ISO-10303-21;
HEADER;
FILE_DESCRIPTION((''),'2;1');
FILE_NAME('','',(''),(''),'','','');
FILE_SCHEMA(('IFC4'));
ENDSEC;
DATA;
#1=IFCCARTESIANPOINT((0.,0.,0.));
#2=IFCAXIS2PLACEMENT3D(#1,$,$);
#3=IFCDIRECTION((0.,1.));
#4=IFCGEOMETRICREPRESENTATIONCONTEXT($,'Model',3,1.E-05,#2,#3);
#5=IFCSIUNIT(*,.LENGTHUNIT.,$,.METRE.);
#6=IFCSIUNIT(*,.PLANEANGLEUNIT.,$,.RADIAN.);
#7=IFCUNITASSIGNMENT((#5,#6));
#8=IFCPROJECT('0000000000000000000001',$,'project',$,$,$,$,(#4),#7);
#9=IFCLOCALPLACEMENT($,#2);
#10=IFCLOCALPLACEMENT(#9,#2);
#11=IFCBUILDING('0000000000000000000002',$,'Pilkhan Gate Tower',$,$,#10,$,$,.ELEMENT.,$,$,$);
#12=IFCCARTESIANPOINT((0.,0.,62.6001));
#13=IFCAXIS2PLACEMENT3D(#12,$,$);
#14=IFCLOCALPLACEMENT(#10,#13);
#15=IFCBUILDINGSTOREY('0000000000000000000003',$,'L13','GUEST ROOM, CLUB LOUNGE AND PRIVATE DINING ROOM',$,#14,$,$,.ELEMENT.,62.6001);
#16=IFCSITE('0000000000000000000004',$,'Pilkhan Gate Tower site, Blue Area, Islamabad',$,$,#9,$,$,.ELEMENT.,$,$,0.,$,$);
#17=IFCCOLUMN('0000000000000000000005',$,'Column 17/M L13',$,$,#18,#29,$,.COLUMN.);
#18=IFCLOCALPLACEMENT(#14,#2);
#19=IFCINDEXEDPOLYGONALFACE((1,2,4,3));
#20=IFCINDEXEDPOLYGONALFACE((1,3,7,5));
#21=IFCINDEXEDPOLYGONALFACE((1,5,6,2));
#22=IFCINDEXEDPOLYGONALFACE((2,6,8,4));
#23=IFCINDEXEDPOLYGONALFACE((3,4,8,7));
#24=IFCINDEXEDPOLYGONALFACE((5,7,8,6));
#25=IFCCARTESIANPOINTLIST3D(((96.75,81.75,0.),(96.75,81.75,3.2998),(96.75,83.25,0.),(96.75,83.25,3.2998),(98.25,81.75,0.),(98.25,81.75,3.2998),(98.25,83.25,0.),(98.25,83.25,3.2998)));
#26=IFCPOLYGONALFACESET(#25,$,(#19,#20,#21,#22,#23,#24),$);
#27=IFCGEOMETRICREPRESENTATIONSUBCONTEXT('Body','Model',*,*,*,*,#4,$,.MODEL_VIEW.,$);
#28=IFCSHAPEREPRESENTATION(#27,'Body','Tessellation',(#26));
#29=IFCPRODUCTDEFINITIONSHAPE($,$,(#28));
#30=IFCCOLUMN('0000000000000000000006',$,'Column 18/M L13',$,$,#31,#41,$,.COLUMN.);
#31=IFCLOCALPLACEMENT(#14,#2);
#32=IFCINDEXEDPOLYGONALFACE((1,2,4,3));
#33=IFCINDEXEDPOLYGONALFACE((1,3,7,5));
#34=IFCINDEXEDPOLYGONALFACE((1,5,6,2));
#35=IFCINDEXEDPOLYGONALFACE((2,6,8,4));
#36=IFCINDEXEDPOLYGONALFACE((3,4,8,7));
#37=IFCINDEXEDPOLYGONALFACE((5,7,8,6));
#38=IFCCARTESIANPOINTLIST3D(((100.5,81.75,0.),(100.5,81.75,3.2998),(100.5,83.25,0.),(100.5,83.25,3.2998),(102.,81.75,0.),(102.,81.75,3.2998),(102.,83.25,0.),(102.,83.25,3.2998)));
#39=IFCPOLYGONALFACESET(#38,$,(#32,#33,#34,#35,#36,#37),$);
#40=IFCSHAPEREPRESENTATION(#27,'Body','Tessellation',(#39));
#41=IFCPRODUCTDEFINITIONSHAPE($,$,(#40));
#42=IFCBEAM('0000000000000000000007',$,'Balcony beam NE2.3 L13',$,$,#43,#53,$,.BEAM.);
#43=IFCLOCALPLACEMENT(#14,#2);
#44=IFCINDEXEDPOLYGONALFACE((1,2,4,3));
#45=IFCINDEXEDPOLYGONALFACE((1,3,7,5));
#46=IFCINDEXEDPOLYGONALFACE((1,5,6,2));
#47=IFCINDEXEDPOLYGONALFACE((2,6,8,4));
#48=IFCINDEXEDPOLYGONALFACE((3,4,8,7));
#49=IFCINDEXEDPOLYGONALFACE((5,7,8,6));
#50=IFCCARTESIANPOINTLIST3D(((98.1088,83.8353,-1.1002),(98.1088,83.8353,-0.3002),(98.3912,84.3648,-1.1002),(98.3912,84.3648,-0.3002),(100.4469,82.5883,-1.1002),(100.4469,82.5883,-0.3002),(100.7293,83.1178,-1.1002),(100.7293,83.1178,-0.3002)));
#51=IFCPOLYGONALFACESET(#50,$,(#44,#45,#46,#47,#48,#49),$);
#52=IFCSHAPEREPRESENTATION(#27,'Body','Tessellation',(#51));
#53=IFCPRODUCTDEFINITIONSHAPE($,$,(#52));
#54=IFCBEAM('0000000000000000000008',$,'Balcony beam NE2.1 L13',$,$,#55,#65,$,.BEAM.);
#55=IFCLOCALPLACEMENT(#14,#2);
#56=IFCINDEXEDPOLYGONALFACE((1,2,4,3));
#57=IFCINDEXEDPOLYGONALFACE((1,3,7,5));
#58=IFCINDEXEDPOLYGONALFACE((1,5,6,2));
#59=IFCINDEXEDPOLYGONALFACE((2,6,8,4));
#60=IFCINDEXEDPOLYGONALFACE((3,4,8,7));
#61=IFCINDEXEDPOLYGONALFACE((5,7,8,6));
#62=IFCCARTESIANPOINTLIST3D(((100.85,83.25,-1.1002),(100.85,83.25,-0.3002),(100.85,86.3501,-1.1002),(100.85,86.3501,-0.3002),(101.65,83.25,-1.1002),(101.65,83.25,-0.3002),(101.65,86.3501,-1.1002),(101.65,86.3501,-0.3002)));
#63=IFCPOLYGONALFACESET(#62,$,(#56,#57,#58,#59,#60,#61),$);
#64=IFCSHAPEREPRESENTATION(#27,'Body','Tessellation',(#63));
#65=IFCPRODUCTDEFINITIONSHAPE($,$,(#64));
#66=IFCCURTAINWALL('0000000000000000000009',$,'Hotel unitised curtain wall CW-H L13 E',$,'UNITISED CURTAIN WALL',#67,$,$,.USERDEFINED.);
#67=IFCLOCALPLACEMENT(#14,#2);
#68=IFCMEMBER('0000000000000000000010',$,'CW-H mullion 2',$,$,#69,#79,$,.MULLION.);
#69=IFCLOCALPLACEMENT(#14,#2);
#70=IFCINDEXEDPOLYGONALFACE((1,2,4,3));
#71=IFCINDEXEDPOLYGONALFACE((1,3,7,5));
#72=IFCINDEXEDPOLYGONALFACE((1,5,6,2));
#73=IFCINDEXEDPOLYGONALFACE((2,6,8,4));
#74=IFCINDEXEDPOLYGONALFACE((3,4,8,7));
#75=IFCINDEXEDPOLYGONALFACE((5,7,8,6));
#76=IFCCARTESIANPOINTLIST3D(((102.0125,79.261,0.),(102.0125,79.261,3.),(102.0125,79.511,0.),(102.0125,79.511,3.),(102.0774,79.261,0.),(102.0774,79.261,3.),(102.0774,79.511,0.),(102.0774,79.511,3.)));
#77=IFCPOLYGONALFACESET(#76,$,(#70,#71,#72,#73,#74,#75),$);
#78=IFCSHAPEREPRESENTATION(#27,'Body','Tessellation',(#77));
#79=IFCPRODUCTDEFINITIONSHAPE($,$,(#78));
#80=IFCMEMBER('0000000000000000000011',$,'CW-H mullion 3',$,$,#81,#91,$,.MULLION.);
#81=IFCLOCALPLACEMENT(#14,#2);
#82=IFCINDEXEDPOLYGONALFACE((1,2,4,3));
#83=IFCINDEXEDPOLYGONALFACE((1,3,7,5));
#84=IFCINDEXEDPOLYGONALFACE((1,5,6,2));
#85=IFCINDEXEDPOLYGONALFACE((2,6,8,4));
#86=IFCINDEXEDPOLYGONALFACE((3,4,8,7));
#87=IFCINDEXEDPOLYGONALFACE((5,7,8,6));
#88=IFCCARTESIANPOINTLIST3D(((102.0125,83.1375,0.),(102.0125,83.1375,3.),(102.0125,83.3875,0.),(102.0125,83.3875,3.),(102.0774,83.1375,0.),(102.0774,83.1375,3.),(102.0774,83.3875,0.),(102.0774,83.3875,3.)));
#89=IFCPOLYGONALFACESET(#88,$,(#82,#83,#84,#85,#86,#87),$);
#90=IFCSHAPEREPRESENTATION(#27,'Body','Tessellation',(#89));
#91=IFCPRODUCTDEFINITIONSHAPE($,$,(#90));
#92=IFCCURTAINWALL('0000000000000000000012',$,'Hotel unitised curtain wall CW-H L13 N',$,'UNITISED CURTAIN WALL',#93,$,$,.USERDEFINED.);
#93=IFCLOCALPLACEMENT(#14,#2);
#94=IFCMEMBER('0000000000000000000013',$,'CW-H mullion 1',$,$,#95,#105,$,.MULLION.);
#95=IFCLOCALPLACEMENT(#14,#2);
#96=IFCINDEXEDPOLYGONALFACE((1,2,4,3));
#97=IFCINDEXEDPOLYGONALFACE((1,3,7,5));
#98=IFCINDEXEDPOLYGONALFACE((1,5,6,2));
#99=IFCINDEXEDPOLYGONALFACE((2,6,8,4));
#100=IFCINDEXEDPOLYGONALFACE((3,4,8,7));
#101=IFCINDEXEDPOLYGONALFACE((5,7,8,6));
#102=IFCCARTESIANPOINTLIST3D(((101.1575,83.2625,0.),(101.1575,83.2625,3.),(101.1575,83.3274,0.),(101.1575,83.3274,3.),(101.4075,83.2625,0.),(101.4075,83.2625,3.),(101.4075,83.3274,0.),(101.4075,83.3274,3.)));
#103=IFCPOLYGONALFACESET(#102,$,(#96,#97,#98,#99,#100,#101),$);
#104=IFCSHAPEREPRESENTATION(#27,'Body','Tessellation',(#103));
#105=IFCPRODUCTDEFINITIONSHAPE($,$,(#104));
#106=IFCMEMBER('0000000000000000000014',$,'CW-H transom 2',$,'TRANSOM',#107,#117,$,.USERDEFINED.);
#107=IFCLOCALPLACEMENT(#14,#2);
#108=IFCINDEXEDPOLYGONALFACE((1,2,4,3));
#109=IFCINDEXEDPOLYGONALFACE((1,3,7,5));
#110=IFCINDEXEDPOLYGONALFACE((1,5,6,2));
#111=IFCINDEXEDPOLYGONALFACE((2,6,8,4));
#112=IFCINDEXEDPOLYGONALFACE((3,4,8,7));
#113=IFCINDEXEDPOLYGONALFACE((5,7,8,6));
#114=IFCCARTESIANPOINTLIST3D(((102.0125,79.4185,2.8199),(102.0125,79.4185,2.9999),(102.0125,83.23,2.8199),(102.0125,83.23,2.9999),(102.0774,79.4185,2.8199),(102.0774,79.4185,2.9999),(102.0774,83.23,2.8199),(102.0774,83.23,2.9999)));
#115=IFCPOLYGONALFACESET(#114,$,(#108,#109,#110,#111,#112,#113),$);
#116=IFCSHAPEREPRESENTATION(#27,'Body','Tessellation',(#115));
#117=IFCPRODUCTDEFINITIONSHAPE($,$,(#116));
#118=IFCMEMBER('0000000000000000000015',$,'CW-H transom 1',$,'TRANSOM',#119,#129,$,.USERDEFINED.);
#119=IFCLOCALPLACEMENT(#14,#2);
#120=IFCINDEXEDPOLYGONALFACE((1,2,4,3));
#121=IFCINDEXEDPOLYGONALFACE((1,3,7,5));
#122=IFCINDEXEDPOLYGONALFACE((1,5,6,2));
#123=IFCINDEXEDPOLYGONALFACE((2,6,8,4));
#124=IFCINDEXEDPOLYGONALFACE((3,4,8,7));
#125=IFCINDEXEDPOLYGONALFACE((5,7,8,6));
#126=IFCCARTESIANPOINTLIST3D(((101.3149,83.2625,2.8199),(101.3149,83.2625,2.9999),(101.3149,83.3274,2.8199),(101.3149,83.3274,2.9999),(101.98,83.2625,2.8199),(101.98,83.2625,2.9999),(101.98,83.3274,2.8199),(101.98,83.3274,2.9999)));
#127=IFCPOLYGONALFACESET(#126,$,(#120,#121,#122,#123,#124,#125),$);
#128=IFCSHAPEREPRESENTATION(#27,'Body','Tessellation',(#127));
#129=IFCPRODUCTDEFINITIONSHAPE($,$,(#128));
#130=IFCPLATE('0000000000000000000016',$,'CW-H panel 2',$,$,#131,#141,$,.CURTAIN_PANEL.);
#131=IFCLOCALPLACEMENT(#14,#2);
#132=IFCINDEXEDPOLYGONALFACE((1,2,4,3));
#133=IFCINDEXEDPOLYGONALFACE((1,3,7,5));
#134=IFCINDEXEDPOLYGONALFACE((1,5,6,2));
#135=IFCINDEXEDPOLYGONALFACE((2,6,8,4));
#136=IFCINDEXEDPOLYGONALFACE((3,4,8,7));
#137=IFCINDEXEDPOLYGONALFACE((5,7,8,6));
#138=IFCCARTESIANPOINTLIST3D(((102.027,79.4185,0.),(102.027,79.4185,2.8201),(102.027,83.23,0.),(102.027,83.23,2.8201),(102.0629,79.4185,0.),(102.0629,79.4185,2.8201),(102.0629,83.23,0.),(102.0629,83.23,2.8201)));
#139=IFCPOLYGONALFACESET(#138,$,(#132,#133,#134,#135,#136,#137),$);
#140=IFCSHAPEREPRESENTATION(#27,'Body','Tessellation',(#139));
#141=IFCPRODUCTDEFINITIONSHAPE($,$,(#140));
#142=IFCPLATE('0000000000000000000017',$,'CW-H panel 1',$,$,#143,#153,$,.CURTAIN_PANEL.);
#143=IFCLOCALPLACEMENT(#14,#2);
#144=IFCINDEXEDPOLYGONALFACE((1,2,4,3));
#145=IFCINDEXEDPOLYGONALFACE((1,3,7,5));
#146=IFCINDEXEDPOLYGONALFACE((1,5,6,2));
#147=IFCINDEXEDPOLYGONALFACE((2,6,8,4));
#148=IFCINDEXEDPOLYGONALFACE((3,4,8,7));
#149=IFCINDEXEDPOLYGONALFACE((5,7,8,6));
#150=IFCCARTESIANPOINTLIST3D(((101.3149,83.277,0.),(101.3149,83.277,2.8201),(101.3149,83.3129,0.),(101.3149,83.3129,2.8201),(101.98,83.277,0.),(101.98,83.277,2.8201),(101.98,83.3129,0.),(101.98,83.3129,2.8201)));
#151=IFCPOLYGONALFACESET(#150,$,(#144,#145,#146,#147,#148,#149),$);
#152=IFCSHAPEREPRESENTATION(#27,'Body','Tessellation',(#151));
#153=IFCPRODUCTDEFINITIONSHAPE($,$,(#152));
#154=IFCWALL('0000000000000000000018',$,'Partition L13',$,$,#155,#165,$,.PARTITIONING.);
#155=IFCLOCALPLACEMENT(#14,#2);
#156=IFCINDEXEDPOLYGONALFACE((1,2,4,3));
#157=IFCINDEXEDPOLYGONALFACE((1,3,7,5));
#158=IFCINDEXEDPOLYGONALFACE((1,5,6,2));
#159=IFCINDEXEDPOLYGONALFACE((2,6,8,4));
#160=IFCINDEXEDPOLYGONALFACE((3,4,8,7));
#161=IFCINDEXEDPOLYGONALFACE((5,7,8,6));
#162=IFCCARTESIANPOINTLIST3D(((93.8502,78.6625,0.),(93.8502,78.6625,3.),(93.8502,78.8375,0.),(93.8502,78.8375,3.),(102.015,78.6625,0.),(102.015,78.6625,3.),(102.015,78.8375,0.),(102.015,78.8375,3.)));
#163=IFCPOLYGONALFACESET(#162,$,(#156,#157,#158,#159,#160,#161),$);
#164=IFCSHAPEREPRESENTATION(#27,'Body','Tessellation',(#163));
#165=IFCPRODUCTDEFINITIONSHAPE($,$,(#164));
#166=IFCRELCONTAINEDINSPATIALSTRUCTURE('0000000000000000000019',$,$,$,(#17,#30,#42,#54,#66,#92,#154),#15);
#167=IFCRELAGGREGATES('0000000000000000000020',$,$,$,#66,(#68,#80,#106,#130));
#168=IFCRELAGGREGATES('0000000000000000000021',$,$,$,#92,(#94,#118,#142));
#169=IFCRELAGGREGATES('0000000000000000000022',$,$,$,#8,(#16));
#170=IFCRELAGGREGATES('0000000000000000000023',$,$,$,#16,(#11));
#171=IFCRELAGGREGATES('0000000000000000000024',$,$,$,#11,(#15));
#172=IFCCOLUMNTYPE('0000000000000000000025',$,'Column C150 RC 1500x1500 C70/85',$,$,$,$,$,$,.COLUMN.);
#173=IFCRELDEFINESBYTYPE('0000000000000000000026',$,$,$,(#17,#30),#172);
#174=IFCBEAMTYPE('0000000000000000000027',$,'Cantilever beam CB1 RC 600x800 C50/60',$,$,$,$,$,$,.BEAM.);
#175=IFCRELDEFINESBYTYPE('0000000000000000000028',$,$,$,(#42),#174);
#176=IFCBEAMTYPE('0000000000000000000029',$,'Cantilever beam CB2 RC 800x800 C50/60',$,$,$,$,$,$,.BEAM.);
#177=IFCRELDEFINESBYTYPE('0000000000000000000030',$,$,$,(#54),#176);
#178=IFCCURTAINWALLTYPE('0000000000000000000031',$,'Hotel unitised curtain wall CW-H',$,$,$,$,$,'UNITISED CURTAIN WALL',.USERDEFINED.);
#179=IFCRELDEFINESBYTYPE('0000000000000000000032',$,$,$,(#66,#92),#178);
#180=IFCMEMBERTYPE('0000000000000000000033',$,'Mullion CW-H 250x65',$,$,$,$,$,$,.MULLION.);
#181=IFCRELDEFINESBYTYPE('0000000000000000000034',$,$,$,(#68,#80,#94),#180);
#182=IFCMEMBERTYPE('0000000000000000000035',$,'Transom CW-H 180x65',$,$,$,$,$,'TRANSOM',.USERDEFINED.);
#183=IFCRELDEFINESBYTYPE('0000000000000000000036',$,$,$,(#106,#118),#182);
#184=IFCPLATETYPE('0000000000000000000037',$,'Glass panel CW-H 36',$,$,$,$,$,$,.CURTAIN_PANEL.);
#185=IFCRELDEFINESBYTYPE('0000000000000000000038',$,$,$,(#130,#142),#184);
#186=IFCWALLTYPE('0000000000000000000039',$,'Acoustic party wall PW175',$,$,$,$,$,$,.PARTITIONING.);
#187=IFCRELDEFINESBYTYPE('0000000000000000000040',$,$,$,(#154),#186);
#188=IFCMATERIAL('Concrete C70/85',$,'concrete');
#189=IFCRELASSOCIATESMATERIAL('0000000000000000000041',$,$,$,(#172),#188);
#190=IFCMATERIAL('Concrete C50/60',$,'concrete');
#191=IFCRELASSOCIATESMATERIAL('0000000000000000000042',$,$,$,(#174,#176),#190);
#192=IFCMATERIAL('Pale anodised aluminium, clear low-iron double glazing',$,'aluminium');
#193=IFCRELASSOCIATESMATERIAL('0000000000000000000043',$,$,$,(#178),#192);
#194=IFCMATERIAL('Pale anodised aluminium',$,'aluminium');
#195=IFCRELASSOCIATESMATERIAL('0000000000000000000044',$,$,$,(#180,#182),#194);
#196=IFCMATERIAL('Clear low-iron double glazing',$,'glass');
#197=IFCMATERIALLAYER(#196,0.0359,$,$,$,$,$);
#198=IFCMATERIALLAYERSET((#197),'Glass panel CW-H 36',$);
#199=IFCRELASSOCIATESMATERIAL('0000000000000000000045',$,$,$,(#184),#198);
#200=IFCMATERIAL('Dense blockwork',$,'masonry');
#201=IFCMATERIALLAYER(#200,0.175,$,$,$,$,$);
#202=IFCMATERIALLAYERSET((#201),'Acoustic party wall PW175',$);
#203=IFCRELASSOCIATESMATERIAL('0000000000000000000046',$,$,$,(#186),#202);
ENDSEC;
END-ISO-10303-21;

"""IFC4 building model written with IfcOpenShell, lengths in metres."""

from ifc_helpers import new_model, si_unit, direction, frame, frame_2d, origin, origin_2d, place, context, subcontext, project, spatial, rectangle, extrude, material, layer, layer_set, material_profile, profile_set, type_object, element, aggregate, save


model = new_model("IFC4")

# Units and contexts
model_context = context("Model", 3, precision=1e-05, world=origin(), true_north=direction((0.0, 1.0)))
body_context = subcontext(model_context, "Body", "Model", "MODEL_VIEW")
ifc_project = project(units=[si_unit("LENGTHUNIT", "METRE"), si_unit("PLANEANGLEUNIT", "RADIAN")], contexts=[model_context])

# Site, building, storey
site_placement = place(None, origin())
site = spatial("IfcSite", under=ifc_project, at=site_placement, Name="Pilkhan Gate Tower site, Blue Area, Islamabad", CompositionType="ELEMENT", RefElevation=0.0)
building_placement = place(site_placement, origin())
building = spatial("IfcBuilding", under=site, at=building_placement, Name="Pilkhan Gate Tower", CompositionType="ELEMENT")
storey_placement = place(building_placement, frame((0.0, 0.0, 62.6001)))
storey = spatial("IfcBuildingStorey", under=building, at=storey_placement, Name="L13", Description="GUEST ROOM, CLUB LOUNGE AND PRIVATE DINING ROOM", CompositionType="ELEMENT", Elevation=62.6001)

# Columns
ifc_material_1 = material(Name="Concrete C70/85", Category="concrete")
ifc_material_profile_1 = material_profile(ifc_material_1, rectangle(XDim=1.5, YDim=1.5, at=origin_2d()), Name="RC 1500x1500")
ifc_profile_set_1 = profile_set([ifc_material_profile_1], Name="Concrete C70/85")
column_type = type_object("IfcColumnType", Name="Column C150 RC 1500x1500 C70/85", PredefinedType="COLUMN", material=ifc_profile_set_1)
for number, where, z_axis, x_axis, name in (
    (1, (97.5, 82.5, 0.0), (0.0, 0.0, 1.0), (1.0, 0.0, 0.0), "Column 17/M L13"),
    (2, (101.25, 82.5, 0.0), (0.0, 0.0, 1.0), (1.0, 0.0, 0.0), "Column 18/M L13"),
):
    element("IfcColumn", number, at=place(storey_placement, frame(where, z_axis=z_axis, x_axis=x_axis)), inside=storey, type_object=column_type, Name=name, PredefinedType="COLUMN", context=body_context, shape_type="SweptSolid", body=[
        extrude(rectangle(XDim=1.5, YDim=1.5, at=origin_2d()), origin(), (0.0, 0.0, 1.0), 3.2998),
    ])

# Beams
ifc_material_2 = material(Name="Concrete C50/60", Category="concrete")
ifc_material_profile_2 = material_profile(ifc_material_2, rectangle(XDim=0.6001, YDim=0.8, at=origin_2d()), Name="RC 600x800")
ifc_profile_set_2 = profile_set([ifc_material_profile_2], Name="Concrete C50/60")
beam_type_1 = type_object("IfcBeamType", Name="Cantilever beam CB1 RC 600x800 C50/60", PredefinedType="BEAM", material=ifc_profile_set_2)
beam_1_placement = place(storey_placement, frame((100.5881, 82.853, -0.7002), z_axis=(-0.882343, 0.470607, 0.0), x_axis=(-0.470607, -0.882343, 0.0)))
element("IfcBeam", 3, at=beam_1_placement, inside=storey, type_object=beam_type_1, Name="Balcony beam NE2.3 L13", PredefinedType="BEAM", context=body_context, shape_type="SweptSolid", body=[
    extrude(rectangle(XDim=0.6001, YDim=0.8, at=origin_2d()), origin(), (0.0, 0.0, 1.0), 2.6499),
])
ifc_material_profile_3 = material_profile(ifc_material_2, rectangle(XDim=0.8, YDim=0.8, at=origin_2d()), Name="RC 800x800")
ifc_profile_set_3 = profile_set([ifc_material_profile_3], Name="Concrete C50/60")
beam_type_2 = type_object("IfcBeamType", Name="Cantilever beam CB2 RC 800x800 C50/60", PredefinedType="BEAM", material=ifc_profile_set_3)
beam_2_placement = place(storey_placement, frame((101.25, 83.25, -0.7002), z_axis=(0.0, 1.0, 0.0), x_axis=(-1.0, 0.0, 0.0)))
element("IfcBeam", 4, at=beam_2_placement, inside=storey, type_object=beam_type_2, Name="Balcony beam NE2.1 L13", PredefinedType="BEAM", context=body_context, shape_type="SweptSolid", body=[
    extrude(rectangle(XDim=0.8, YDim=0.8, at=origin_2d()), origin(), (0.0, 0.0, 1.0), 3.1001),
])

# Curtain wall, members
ifc_material_3 = material(Name="Pale anodised aluminium, clear low-iron double glazing", Category="aluminium")
curtain_wall_type = type_object("IfcCurtainWallType", Name="Hotel unitised curtain wall CW-H", ElementType="UNITISED CURTAIN WALL", PredefinedType="USERDEFINED", material=ifc_material_3)
curtain_wall_1_placement = place(storey_placement, origin())
curtain_wall_1 = element("IfcCurtainWall", 5, at=curtain_wall_1_placement, inside=storey, type_object=curtain_wall_type, Name="Hotel unitised curtain wall CW-H L13 E", ObjectType="UNITISED CURTAIN WALL", PredefinedType="USERDEFINED")
ifc_material_4 = material(Name="Pale anodised aluminium", Category="aluminium")
ifc_material_profile_4 = material_profile(ifc_material_4, rectangle(XDim=0.0649, YDim=0.25, at=origin_2d()), Name="Mullion 250x65")
ifc_profile_set_4 = profile_set([ifc_material_profile_4], Name="Pale anodised aluminium")
member_type_1 = type_object("IfcMemberType", Name="Mullion CW-H 250x65", PredefinedType="MULLION", material=ifc_profile_set_4)
member_1_placement = place(storey_placement, frame((102.0449, 79.386, 0.0), z_axis=(0.0, 0.0, 1.0), x_axis=(-1.0, 0.0, 0.0)))
member_1 = element("IfcMember", 6, at=member_1_placement, type_object=member_type_1, Name="CW-H mullion 2", PredefinedType="MULLION", context=body_context, shape_type="SweptSolid", body=[
    extrude(rectangle(XDim=0.0649, YDim=0.25, at=origin_2d()), origin(), (0.0, 0.0, 1.0), 3.0),
])
member_2_placement = place(storey_placement, frame((102.0449, 83.2625, 0.0), z_axis=(0.0, 0.0, 1.0), x_axis=(-1.0, 0.0, 0.0)))
member_2 = element("IfcMember", 7, at=member_2_placement, type_object=member_type_1, Name="CW-H mullion 3", PredefinedType="MULLION", context=body_context, shape_type="SweptSolid", body=[
    extrude(rectangle(XDim=0.0649, YDim=0.25, at=origin_2d()), origin(), (0.0, 0.0, 1.0), 3.0),
])

# Curtain wall, member
curtain_wall_2_placement = place(storey_placement, origin())
curtain_wall_2 = element("IfcCurtainWall", 8, at=curtain_wall_2_placement, inside=storey, type_object=curtain_wall_type, Name="Hotel unitised curtain wall CW-H L13 N", ObjectType="UNITISED CURTAIN WALL", PredefinedType="USERDEFINED")
member_3_placement = place(storey_placement, frame((101.2825, 83.2949, 0.0), z_axis=(0.0, 0.0, 1.0), x_axis=(0.0, 1.0, 0.0)))
member_3 = element("IfcMember", 9, at=member_3_placement, type_object=member_type_1, Name="CW-H mullion 1", PredefinedType="MULLION", context=body_context, shape_type="SweptSolid", body=[
    extrude(rectangle(XDim=0.0649, YDim=0.25, at=origin_2d()), origin(), (0.0, 0.0, 1.0), 3.0),
])

# Members
ifc_material_profile_5 = material_profile(ifc_material_4, rectangle(XDim=0.0649, YDim=0.1799, at=origin_2d()), Name="Transom 180x65")
ifc_profile_set_5 = profile_set([ifc_material_profile_5], Name="Pale anodised aluminium")
member_type_2 = type_object("IfcMemberType", Name="Transom CW-H 180x65", ElementType="TRANSOM", PredefinedType="USERDEFINED", material=ifc_profile_set_5)
member_4_placement = place(storey_placement, frame((102.0449, 79.4185, 2.9099), z_axis=(0.0, 1.0, 0.0), x_axis=(-1.0, 0.0, 0.0)))
member_4 = element("IfcMember", 10, at=member_4_placement, type_object=member_type_2, Name="CW-H transom 2", ObjectType="TRANSOM", PredefinedType="USERDEFINED", context=body_context, shape_type="SweptSolid", body=[
    extrude(rectangle(XDim=0.0649, YDim=0.1799, at=origin_2d()), origin(), (0.0, 0.0, 1.0), 3.8115),
])
member_5_placement = place(storey_placement, frame((101.3149, 83.2949, 2.9099), z_axis=(1.0, 0.0, 0.0), x_axis=(0.0, 1.0, 0.0)))
member_5 = element("IfcMember", 11, at=member_5_placement, type_object=member_type_2, Name="CW-H transom 1", ObjectType="TRANSOM", PredefinedType="USERDEFINED", context=body_context, shape_type="SweptSolid", body=[
    extrude(rectangle(XDim=0.0649, YDim=0.1799, at=origin_2d()), origin(), (0.0, 0.0, 1.0), 0.665),
])

# Plates
ifc_material_5 = material(Name="Clear low-iron double glazing", Category="glass")
ifc_layer_1 = layer(ifc_material_5, 0.0359)
ifc_layer_set_1 = layer_set([ifc_layer_1], Name="Glass panel CW-H 36")
plate_type = type_object("IfcPlateType", Name="Glass panel CW-H 36", PredefinedType="CURTAIN_PANEL", material=ifc_layer_set_1)
plate_1_placement = place(storey_placement, frame((102.0449, 81.3242, 0.0), z_axis=(0.0, 0.0, 1.0), x_axis=(0.0, 1.0, 0.0)))
plate_1 = element("IfcPlate", 12, at=plate_1_placement, type_object=plate_type, Name="CW-H panel 2", PredefinedType="CURTAIN_PANEL", context=body_context, shape_type="SweptSolid", body=[
    extrude(rectangle(XDim=3.8115, YDim=0.0359, at=origin_2d()), origin(), (0.0, 0.0, 1.0), 2.8201),
])
aggregate(curtain_wall_1, [member_1, member_2, member_4, plate_1])
plate_2_placement = place(storey_placement, frame((101.6475, 83.2949, 0.0), z_axis=(0.0, 0.0, 1.0), x_axis=(1.0, 0.0, 0.0)))
plate_2 = element("IfcPlate", 13, at=plate_2_placement, type_object=plate_type, Name="CW-H panel 1", PredefinedType="CURTAIN_PANEL", context=body_context, shape_type="SweptSolid", body=[
    extrude(rectangle(XDim=0.665, YDim=0.0359, at=origin_2d()), origin(), (0.0, 0.0, 1.0), 2.8201),
])
aggregate(curtain_wall_2, [member_3, member_5, plate_2])

# Wall
ifc_material_6 = material(Name="Dense blockwork", Category="masonry")
ifc_layer_2 = layer(ifc_material_6, 0.175)
ifc_layer_set_2 = layer_set([ifc_layer_2], Name="Acoustic party wall PW175")
wall_type_1 = type_object("IfcWallType", Name="Acoustic party wall PW175", PredefinedType="PARTITIONING", material=ifc_layer_set_2)
wall_1_placement = place(storey_placement, frame((93.8501, 78.75, 0.0), z_axis=(0.0, 0.0, 1.0), x_axis=(1.0, 0.0, 0.0)))
element("IfcWall", 14, at=wall_1_placement, inside=storey, type_object=wall_type_1, Name="Partition L13", PredefinedType="PARTITIONING", context=body_context, shape_type="SweptSolid", body=[
    extrude(rectangle(XDim=8.1648, YDim=0.175, at=frame_2d((4.0825, 0.0))), origin(), (0.0, 0.0, 1.0), 3.0),
])

save(model, "model.ifc")
